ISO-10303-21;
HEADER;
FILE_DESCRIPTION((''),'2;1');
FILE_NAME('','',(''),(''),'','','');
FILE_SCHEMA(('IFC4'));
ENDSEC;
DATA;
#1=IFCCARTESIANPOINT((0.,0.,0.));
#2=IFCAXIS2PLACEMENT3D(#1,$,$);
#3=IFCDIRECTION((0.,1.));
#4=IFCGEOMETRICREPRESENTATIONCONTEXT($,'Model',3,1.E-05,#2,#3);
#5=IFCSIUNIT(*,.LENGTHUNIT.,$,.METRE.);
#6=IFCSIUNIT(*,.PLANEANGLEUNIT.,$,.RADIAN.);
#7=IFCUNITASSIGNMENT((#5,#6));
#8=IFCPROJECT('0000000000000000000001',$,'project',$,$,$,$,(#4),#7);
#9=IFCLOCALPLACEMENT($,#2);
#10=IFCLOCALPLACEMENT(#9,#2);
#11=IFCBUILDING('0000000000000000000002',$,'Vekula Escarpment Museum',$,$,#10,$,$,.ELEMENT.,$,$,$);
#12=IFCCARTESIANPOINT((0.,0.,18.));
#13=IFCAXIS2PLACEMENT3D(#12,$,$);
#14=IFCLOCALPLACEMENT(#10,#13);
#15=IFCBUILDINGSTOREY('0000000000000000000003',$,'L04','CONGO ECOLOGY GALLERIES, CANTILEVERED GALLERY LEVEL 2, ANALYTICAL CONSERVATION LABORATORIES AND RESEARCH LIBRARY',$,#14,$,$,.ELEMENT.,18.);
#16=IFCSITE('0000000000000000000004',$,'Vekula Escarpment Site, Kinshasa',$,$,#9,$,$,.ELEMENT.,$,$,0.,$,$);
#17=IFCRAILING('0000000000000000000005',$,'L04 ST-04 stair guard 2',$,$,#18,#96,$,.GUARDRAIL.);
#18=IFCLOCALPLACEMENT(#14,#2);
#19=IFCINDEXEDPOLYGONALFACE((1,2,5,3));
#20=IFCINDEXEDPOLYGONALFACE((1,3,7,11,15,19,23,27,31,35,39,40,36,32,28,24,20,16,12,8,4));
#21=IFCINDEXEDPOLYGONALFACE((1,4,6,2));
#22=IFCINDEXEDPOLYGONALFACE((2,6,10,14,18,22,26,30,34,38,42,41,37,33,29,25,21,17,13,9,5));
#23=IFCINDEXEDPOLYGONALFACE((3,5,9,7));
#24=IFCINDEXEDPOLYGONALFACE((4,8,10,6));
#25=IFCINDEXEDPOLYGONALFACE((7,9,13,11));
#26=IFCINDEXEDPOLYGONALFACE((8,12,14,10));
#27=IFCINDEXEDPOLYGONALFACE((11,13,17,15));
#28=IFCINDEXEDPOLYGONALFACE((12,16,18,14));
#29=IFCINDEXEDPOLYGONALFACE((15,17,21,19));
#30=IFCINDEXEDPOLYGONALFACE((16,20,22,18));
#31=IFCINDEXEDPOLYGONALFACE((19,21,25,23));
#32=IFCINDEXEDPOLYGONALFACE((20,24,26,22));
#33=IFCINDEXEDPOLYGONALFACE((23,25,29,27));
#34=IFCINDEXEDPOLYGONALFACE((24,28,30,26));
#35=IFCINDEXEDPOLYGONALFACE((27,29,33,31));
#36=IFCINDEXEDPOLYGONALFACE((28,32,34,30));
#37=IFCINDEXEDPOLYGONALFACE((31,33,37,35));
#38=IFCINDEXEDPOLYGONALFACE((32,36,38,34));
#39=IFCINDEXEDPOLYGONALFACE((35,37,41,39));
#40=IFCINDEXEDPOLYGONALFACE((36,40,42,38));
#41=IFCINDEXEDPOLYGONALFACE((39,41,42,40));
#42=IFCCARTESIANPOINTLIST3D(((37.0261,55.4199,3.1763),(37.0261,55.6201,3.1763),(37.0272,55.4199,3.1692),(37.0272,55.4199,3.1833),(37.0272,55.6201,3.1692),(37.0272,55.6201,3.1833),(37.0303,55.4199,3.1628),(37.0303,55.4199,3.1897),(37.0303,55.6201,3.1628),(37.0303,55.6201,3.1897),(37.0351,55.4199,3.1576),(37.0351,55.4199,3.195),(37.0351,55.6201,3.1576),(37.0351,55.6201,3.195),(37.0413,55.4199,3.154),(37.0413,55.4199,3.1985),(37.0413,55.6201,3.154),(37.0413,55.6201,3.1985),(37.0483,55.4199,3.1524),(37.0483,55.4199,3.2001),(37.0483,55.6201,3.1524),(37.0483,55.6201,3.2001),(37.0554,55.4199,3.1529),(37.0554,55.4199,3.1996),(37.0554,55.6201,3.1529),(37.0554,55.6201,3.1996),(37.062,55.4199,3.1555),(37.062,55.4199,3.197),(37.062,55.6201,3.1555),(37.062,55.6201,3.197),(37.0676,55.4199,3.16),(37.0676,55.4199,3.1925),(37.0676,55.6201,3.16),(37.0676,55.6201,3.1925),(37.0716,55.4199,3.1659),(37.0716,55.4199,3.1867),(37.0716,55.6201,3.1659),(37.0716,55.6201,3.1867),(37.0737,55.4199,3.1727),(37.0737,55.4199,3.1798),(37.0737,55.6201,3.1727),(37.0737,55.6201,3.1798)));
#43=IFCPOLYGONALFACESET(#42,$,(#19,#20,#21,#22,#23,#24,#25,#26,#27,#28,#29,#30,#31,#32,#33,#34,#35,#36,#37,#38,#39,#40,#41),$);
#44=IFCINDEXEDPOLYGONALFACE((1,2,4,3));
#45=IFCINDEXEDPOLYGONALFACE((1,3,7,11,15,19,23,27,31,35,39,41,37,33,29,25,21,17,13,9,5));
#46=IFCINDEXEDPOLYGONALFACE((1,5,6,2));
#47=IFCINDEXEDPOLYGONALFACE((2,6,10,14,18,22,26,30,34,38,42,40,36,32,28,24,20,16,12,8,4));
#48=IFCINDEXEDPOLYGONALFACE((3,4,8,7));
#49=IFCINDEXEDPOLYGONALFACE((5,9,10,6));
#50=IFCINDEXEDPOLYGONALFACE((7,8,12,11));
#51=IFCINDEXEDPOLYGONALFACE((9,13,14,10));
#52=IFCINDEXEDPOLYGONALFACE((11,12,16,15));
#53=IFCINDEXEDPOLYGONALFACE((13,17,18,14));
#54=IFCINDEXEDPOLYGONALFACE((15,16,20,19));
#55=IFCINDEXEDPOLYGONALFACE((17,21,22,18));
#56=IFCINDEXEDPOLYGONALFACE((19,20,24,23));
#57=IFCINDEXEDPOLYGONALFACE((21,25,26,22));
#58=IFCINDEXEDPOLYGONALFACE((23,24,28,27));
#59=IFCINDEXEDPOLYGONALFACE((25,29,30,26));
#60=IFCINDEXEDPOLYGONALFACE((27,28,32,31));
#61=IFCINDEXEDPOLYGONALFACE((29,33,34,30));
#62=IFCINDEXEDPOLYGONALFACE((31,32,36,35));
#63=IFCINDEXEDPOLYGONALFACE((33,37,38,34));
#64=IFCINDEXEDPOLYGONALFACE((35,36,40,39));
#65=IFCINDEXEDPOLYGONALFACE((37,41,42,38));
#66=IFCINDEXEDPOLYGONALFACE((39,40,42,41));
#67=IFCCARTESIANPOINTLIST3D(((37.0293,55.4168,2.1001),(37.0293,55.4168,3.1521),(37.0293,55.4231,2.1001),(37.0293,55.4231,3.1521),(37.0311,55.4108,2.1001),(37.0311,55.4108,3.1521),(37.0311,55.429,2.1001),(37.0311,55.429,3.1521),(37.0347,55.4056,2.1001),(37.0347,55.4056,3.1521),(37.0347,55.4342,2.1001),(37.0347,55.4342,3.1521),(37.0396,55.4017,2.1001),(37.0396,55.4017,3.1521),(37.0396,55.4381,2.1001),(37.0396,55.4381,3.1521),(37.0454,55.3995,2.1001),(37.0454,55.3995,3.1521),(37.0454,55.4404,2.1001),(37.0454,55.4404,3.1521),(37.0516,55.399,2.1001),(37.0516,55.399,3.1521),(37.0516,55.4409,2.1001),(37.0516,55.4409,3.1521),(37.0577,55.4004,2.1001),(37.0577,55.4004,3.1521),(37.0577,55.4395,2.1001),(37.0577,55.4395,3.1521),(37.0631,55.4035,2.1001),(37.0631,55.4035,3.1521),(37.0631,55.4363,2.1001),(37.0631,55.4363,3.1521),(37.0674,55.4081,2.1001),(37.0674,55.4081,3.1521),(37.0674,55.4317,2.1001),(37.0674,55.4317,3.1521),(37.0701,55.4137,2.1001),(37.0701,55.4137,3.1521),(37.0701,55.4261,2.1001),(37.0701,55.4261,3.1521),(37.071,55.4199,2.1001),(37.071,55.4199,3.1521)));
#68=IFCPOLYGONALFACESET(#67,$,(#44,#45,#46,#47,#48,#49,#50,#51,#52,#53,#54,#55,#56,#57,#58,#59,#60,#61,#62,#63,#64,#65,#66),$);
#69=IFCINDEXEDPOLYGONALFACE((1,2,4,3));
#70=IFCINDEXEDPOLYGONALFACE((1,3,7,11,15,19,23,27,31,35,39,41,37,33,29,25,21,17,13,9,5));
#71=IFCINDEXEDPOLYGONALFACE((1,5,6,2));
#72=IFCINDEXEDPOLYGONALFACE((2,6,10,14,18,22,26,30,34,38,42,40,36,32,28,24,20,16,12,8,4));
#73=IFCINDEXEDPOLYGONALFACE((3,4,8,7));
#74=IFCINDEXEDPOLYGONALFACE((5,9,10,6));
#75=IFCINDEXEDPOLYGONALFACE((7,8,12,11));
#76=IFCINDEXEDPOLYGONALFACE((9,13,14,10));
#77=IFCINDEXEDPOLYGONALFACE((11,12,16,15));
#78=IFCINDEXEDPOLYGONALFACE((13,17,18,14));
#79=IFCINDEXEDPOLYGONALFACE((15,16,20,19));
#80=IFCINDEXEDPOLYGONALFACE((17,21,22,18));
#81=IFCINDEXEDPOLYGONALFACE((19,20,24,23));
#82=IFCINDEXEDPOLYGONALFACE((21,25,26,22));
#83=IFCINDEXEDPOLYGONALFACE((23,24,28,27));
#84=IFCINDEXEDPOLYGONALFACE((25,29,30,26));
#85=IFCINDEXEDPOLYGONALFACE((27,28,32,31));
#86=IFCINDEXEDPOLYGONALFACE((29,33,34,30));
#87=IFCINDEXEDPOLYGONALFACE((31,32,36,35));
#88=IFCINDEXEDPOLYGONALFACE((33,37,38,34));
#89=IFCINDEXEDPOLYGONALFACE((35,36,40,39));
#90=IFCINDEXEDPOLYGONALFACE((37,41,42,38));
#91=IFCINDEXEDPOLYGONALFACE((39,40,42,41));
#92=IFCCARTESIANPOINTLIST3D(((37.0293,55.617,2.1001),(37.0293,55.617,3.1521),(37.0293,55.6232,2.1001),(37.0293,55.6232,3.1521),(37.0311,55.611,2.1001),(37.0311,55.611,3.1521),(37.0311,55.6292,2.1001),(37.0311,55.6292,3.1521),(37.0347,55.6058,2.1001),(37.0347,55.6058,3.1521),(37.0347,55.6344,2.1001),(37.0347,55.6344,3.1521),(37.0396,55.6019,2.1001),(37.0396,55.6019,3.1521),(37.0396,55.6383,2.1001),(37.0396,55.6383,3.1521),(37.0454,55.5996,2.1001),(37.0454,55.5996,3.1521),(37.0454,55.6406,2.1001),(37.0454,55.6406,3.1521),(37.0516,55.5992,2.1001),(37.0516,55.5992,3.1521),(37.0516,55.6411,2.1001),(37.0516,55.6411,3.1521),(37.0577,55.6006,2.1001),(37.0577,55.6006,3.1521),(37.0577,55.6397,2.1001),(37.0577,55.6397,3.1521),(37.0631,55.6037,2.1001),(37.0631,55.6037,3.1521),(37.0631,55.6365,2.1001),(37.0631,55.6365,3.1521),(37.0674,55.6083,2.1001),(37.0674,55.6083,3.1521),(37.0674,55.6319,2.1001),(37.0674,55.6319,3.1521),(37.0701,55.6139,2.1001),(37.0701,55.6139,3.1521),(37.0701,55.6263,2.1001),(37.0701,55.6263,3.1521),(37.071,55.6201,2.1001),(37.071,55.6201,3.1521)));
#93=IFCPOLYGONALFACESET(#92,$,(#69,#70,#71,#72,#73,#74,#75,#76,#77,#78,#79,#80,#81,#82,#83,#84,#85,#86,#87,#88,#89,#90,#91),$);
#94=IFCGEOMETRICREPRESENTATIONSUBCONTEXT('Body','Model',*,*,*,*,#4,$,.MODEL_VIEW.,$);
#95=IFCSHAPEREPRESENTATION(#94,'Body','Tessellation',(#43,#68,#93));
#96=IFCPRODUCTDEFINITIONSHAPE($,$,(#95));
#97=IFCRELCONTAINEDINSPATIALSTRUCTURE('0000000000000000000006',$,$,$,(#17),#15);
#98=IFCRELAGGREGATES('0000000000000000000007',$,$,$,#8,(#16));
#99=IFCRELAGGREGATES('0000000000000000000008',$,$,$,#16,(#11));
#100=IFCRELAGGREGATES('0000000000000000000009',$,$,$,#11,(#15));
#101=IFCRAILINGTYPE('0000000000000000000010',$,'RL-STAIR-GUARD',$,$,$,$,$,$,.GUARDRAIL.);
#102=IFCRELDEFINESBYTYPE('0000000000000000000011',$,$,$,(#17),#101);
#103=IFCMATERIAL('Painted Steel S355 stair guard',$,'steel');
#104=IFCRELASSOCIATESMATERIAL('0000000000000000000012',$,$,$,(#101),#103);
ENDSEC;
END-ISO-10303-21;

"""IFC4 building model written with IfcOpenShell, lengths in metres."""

from ifc_helpers import new_model, si_unit, direction, frame, origin, origin_2d, place, context, subcontext, project, spatial, circle, extrude, material, type_object, element, save


model = new_model("IFC4")

# Units and contexts
model_context = context("Model", 3, precision=1e-05, world=origin(), true_north=direction((0.0, 1.0)))
body_context = subcontext(model_context, "Body", "Model", "MODEL_VIEW")
ifc_project = project(units=[si_unit("LENGTHUNIT", "METRE"), si_unit("PLANEANGLEUNIT", "RADIAN")], contexts=[model_context])

# Site, building, storey
site_placement = place(None, origin())
site = spatial("IfcSite", under=ifc_project, at=site_placement, Name="Vekula Escarpment Site, Kinshasa", CompositionType="ELEMENT", RefElevation=0.0)
building_placement = place(site_placement, origin())
building = spatial("IfcBuilding", under=site, at=building_placement, Name="Vekula Escarpment Museum", CompositionType="ELEMENT")
storey_placement = place(building_placement, frame((0.0, 0.0, 18.0)))
storey = spatial("IfcBuildingStorey", under=building, at=storey_placement, Name="L04", Description="CONGO ECOLOGY GALLERIES, CANTILEVERED GALLERY LEVEL 2, ANALYTICAL CONSERVATION LABORATORIES AND RESEARCH LIBRARY", CompositionType="ELEMENT", Elevation=18.0)

# Railing
ifc_material_1 = material(Name="Painted Steel S355 stair guard", Category="steel")
railing_type_1 = type_object("IfcRailingType", Name="RL-STAIR-GUARD", PredefinedType="GUARDRAIL", material=ifc_material_1)
railing_1_placement = place(storey_placement, frame((37.05, 55.4199, 2.1001)))
element("IfcRailing", 1, at=railing_1_placement, inside=storey, type_object=railing_type_1, Name="L04 ST-04 stair guard 2", PredefinedType="GUARDRAIL", context=body_context, shape_type="SweptSolid", body=[
    extrude(circle(Radius=0.0239, at=origin_2d()), frame((0.0, 0.0, 1.0762), z_axis=(0.0, 1.0, 0.0), x_axis=(-1.0, 0.0, 0.0)), (0.0, 0.0, 1.0), 0.2002),
    extrude(circle(Radius=0.021, at=origin_2d()), origin(), (0.0, 0.0, 1.0), 1.052),
    extrude(circle(Radius=0.021, at=origin_2d()), frame((0.0, 0.2002, 0.0)), (0.0, 0.0, 1.0), 1.052),
])

save(model, "model.ifc")
